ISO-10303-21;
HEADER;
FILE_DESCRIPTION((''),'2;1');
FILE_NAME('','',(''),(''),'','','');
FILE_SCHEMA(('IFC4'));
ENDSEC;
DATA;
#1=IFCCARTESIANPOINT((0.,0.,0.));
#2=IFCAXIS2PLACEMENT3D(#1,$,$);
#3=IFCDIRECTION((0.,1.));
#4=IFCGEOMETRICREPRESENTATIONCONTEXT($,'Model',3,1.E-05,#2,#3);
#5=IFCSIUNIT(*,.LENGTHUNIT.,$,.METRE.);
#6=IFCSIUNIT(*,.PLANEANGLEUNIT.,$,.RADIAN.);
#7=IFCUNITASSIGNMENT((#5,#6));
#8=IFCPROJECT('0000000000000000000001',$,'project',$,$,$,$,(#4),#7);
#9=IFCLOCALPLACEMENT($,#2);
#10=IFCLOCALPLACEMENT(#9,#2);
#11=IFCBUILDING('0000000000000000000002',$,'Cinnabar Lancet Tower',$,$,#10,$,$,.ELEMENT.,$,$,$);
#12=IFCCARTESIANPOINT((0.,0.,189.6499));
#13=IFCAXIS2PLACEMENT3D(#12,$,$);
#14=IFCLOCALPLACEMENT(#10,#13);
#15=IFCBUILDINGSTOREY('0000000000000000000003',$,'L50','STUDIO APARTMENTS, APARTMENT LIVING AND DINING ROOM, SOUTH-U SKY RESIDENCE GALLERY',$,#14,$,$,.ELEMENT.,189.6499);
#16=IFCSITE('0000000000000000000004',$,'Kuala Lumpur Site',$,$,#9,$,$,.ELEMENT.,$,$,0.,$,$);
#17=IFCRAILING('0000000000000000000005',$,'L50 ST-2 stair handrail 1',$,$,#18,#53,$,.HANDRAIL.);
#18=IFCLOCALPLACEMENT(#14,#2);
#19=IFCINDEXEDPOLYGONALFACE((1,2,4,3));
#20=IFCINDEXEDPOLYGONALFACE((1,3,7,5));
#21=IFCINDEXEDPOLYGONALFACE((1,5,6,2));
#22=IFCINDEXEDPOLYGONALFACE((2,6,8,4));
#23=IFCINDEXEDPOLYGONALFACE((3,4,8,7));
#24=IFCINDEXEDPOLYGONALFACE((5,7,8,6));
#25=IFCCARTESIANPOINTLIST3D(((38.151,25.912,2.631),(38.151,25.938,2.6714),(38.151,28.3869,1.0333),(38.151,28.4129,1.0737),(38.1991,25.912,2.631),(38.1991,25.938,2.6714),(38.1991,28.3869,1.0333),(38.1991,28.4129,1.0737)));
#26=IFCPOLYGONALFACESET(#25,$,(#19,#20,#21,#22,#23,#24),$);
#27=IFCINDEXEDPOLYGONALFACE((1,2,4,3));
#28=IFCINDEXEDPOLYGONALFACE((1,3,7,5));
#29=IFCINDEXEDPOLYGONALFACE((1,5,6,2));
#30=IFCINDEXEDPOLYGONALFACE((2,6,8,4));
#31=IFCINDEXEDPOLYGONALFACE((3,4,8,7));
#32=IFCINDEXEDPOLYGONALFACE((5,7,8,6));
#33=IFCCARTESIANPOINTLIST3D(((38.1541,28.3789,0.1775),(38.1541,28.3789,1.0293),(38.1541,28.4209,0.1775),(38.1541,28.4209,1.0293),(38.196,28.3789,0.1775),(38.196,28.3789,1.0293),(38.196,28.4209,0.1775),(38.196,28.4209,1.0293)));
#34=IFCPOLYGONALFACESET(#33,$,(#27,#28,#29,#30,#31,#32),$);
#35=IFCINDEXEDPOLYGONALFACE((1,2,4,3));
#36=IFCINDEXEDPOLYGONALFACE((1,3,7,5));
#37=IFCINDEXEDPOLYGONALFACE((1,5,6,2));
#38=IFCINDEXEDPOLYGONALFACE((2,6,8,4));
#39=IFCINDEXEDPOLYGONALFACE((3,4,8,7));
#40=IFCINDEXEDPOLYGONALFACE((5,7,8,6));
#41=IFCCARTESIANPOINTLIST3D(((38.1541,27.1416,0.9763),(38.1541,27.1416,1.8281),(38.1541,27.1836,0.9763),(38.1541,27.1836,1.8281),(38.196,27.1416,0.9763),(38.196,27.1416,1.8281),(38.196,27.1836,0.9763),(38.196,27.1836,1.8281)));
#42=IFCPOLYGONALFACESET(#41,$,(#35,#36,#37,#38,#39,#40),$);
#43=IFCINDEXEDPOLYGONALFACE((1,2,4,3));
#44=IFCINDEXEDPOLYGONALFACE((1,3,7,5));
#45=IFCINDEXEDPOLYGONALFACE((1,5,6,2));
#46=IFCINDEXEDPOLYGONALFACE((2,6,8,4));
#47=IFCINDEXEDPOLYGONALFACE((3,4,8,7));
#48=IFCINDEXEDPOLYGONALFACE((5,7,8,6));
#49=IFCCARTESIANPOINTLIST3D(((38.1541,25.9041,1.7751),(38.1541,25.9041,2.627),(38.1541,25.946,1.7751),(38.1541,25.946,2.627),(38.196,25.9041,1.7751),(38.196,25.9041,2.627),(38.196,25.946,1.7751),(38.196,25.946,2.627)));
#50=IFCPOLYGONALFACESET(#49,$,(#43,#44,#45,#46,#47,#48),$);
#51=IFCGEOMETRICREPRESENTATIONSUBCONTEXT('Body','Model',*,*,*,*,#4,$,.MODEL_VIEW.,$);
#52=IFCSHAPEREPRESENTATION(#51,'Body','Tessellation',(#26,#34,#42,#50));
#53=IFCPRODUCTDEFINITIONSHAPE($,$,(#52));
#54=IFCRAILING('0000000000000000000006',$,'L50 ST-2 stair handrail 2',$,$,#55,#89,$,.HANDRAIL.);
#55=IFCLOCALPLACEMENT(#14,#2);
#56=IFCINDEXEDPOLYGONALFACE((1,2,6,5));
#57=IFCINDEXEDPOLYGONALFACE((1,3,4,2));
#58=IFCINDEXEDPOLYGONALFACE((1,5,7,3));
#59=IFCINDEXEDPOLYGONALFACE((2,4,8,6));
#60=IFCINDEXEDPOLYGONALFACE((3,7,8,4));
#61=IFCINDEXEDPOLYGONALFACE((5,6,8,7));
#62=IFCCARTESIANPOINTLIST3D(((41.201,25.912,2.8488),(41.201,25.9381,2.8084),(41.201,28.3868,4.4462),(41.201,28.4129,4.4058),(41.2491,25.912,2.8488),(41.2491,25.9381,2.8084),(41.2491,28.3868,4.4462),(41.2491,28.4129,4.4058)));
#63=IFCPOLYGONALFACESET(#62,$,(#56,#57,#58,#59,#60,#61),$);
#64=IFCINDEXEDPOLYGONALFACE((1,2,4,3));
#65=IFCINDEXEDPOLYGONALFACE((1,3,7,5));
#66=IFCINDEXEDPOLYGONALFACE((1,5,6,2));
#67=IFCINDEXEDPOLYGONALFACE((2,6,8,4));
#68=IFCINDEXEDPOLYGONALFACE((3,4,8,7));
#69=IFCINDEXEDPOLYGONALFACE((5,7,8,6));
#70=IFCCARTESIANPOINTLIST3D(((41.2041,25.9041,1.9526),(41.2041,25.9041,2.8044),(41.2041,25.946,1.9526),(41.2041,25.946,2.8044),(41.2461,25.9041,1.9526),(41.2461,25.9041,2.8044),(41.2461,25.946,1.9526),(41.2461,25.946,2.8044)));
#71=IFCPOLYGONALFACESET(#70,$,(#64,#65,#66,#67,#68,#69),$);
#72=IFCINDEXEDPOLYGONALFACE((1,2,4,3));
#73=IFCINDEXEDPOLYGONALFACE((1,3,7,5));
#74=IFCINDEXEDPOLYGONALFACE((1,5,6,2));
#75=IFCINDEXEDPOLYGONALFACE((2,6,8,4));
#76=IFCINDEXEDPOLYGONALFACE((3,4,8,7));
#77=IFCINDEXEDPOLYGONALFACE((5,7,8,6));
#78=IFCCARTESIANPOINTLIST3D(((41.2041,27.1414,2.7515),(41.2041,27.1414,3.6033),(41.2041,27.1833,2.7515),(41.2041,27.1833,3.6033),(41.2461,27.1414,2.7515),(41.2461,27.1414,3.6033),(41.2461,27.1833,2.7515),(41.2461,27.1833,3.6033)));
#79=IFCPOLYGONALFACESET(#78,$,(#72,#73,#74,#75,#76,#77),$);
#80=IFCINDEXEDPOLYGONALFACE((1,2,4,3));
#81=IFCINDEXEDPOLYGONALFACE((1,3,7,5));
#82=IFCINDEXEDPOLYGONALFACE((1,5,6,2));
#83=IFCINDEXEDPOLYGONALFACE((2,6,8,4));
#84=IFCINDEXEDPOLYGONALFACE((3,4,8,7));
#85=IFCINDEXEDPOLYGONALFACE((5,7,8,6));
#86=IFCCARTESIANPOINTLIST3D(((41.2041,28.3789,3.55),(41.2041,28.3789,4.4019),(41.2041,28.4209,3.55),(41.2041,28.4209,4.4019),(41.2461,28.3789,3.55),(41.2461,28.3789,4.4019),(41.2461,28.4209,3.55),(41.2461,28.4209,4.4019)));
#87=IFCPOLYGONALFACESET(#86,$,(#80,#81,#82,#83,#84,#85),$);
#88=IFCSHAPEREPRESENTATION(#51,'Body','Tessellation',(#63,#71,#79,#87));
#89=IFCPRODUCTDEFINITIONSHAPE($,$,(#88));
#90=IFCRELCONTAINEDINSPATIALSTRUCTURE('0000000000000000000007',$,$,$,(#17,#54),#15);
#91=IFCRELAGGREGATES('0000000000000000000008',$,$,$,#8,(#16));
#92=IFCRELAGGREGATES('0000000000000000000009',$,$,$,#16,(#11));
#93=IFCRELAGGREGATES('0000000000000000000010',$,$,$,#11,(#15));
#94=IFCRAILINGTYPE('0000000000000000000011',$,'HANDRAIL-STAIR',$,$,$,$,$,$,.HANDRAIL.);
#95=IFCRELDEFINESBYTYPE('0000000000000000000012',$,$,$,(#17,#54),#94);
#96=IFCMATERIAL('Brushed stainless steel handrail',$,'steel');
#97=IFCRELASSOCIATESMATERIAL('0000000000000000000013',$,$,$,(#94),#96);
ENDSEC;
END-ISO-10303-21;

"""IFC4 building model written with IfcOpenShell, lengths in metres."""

from ifc_helpers import new_model, si_unit, direction, frame, origin, origin_2d, place, context, subcontext, project, spatial, rectangle, extrude, material, type_object, element, save


model = new_model("IFC4")

# Units and contexts
model_context = context("Model", 3, precision=1e-05, world=origin(), true_north=direction((0.0, 1.0)))
body_context = subcontext(model_context, "Body", "Model", "MODEL_VIEW")
ifc_project = project(units=[si_unit("LENGTHUNIT", "METRE"), si_unit("PLANEANGLEUNIT", "RADIAN")], contexts=[model_context])

# Site, building, storey
site_placement = place(None, origin())
site = spatial("IfcSite", under=ifc_project, at=site_placement, Name="Kuala Lumpur Site", CompositionType="ELEMENT", RefElevation=0.0)
building_placement = place(site_placement, origin())
building = spatial("IfcBuilding", under=site, at=building_placement, Name="Cinnabar Lancet Tower", CompositionType="ELEMENT")
storey_placement = place(building_placement, frame((0.0, 0.0, 189.6499)))
storey = spatial("IfcBuildingStorey", under=building, at=storey_placement, Name="L50", Description="STUDIO APARTMENTS, APARTMENT LIVING AND DINING ROOM, SOUTH-U SKY RESIDENCE GALLERY", CompositionType="ELEMENT", Elevation=189.6499)

# Railings
ifc_material_1 = material(Name="Brushed stainless steel handrail", Category="steel")
railing_type_1 = type_object("IfcRailingType", Name="HANDRAIL-STAIR", PredefinedType="HANDRAIL", material=ifc_material_1)
railing_1_placement = place(storey_placement, frame((38.175, 28.3999, 0.1775)))
element("IfcRailing", 1, at=railing_1_placement, inside=storey, type_object=railing_type_1, Name="L50 ST-2 stair handrail 1", PredefinedType="HANDRAIL", context=body_context, shape_type="SweptSolid", body=[
    extrude(rectangle(XDim=0.0481, YDim=0.0481, at=origin_2d()), frame((0.0, 0.0, 0.876), z_axis=(0.0, -0.840146, 0.542361), x_axis=(1.0, 0.0, 0.0)), (0.0, 0.0, 1.0), 2.9458),
    extrude(rectangle(XDim=0.042, YDim=0.042, at=origin_2d()), origin(), (0.0, 0.0, 1.0), 0.8518),
    extrude(rectangle(XDim=0.042, YDim=0.042, at=origin_2d()), frame((0.0, -1.2373, 0.7988)), (0.0, 0.0, 1.0), 0.8518),
    extrude(rectangle(XDim=0.042, YDim=0.042, at=origin_2d()), frame((0.0, -2.4749, 1.5977)), (0.0, 0.0, 1.0), 0.8518),
])
railing_2_placement = place(storey_placement, frame((41.2251, 25.925, 1.9526)))
element("IfcRailing", 2, at=railing_2_placement, inside=storey, type_object=railing_type_1, Name="L50 ST-2 stair handrail 2", PredefinedType="HANDRAIL", context=body_context, shape_type="SweptSolid", body=[
    extrude(rectangle(XDim=0.0481, YDim=0.0481, at=origin_2d()), frame((0.0, 0.0, 0.876), z_axis=(0.0, 0.840183, 0.542302), x_axis=(-1.0, 0.0, 0.0)), (0.0, 0.0, 1.0), 2.9456),
    extrude(rectangle(XDim=0.042, YDim=0.042, at=origin_2d()), origin(), (0.0, 0.0, 1.0), 0.8518),
    extrude(rectangle(XDim=0.042, YDim=0.042, at=origin_2d()), frame((0.0, 1.2373, 0.7988)), (0.0, 0.0, 1.0), 0.8518),
    extrude(rectangle(XDim=0.042, YDim=0.042, at=origin_2d()), frame((0.0, 2.4749, 1.5974)), (0.0, 0.0, 1.0), 0.8518),
])

save(model, "model.ifc")
